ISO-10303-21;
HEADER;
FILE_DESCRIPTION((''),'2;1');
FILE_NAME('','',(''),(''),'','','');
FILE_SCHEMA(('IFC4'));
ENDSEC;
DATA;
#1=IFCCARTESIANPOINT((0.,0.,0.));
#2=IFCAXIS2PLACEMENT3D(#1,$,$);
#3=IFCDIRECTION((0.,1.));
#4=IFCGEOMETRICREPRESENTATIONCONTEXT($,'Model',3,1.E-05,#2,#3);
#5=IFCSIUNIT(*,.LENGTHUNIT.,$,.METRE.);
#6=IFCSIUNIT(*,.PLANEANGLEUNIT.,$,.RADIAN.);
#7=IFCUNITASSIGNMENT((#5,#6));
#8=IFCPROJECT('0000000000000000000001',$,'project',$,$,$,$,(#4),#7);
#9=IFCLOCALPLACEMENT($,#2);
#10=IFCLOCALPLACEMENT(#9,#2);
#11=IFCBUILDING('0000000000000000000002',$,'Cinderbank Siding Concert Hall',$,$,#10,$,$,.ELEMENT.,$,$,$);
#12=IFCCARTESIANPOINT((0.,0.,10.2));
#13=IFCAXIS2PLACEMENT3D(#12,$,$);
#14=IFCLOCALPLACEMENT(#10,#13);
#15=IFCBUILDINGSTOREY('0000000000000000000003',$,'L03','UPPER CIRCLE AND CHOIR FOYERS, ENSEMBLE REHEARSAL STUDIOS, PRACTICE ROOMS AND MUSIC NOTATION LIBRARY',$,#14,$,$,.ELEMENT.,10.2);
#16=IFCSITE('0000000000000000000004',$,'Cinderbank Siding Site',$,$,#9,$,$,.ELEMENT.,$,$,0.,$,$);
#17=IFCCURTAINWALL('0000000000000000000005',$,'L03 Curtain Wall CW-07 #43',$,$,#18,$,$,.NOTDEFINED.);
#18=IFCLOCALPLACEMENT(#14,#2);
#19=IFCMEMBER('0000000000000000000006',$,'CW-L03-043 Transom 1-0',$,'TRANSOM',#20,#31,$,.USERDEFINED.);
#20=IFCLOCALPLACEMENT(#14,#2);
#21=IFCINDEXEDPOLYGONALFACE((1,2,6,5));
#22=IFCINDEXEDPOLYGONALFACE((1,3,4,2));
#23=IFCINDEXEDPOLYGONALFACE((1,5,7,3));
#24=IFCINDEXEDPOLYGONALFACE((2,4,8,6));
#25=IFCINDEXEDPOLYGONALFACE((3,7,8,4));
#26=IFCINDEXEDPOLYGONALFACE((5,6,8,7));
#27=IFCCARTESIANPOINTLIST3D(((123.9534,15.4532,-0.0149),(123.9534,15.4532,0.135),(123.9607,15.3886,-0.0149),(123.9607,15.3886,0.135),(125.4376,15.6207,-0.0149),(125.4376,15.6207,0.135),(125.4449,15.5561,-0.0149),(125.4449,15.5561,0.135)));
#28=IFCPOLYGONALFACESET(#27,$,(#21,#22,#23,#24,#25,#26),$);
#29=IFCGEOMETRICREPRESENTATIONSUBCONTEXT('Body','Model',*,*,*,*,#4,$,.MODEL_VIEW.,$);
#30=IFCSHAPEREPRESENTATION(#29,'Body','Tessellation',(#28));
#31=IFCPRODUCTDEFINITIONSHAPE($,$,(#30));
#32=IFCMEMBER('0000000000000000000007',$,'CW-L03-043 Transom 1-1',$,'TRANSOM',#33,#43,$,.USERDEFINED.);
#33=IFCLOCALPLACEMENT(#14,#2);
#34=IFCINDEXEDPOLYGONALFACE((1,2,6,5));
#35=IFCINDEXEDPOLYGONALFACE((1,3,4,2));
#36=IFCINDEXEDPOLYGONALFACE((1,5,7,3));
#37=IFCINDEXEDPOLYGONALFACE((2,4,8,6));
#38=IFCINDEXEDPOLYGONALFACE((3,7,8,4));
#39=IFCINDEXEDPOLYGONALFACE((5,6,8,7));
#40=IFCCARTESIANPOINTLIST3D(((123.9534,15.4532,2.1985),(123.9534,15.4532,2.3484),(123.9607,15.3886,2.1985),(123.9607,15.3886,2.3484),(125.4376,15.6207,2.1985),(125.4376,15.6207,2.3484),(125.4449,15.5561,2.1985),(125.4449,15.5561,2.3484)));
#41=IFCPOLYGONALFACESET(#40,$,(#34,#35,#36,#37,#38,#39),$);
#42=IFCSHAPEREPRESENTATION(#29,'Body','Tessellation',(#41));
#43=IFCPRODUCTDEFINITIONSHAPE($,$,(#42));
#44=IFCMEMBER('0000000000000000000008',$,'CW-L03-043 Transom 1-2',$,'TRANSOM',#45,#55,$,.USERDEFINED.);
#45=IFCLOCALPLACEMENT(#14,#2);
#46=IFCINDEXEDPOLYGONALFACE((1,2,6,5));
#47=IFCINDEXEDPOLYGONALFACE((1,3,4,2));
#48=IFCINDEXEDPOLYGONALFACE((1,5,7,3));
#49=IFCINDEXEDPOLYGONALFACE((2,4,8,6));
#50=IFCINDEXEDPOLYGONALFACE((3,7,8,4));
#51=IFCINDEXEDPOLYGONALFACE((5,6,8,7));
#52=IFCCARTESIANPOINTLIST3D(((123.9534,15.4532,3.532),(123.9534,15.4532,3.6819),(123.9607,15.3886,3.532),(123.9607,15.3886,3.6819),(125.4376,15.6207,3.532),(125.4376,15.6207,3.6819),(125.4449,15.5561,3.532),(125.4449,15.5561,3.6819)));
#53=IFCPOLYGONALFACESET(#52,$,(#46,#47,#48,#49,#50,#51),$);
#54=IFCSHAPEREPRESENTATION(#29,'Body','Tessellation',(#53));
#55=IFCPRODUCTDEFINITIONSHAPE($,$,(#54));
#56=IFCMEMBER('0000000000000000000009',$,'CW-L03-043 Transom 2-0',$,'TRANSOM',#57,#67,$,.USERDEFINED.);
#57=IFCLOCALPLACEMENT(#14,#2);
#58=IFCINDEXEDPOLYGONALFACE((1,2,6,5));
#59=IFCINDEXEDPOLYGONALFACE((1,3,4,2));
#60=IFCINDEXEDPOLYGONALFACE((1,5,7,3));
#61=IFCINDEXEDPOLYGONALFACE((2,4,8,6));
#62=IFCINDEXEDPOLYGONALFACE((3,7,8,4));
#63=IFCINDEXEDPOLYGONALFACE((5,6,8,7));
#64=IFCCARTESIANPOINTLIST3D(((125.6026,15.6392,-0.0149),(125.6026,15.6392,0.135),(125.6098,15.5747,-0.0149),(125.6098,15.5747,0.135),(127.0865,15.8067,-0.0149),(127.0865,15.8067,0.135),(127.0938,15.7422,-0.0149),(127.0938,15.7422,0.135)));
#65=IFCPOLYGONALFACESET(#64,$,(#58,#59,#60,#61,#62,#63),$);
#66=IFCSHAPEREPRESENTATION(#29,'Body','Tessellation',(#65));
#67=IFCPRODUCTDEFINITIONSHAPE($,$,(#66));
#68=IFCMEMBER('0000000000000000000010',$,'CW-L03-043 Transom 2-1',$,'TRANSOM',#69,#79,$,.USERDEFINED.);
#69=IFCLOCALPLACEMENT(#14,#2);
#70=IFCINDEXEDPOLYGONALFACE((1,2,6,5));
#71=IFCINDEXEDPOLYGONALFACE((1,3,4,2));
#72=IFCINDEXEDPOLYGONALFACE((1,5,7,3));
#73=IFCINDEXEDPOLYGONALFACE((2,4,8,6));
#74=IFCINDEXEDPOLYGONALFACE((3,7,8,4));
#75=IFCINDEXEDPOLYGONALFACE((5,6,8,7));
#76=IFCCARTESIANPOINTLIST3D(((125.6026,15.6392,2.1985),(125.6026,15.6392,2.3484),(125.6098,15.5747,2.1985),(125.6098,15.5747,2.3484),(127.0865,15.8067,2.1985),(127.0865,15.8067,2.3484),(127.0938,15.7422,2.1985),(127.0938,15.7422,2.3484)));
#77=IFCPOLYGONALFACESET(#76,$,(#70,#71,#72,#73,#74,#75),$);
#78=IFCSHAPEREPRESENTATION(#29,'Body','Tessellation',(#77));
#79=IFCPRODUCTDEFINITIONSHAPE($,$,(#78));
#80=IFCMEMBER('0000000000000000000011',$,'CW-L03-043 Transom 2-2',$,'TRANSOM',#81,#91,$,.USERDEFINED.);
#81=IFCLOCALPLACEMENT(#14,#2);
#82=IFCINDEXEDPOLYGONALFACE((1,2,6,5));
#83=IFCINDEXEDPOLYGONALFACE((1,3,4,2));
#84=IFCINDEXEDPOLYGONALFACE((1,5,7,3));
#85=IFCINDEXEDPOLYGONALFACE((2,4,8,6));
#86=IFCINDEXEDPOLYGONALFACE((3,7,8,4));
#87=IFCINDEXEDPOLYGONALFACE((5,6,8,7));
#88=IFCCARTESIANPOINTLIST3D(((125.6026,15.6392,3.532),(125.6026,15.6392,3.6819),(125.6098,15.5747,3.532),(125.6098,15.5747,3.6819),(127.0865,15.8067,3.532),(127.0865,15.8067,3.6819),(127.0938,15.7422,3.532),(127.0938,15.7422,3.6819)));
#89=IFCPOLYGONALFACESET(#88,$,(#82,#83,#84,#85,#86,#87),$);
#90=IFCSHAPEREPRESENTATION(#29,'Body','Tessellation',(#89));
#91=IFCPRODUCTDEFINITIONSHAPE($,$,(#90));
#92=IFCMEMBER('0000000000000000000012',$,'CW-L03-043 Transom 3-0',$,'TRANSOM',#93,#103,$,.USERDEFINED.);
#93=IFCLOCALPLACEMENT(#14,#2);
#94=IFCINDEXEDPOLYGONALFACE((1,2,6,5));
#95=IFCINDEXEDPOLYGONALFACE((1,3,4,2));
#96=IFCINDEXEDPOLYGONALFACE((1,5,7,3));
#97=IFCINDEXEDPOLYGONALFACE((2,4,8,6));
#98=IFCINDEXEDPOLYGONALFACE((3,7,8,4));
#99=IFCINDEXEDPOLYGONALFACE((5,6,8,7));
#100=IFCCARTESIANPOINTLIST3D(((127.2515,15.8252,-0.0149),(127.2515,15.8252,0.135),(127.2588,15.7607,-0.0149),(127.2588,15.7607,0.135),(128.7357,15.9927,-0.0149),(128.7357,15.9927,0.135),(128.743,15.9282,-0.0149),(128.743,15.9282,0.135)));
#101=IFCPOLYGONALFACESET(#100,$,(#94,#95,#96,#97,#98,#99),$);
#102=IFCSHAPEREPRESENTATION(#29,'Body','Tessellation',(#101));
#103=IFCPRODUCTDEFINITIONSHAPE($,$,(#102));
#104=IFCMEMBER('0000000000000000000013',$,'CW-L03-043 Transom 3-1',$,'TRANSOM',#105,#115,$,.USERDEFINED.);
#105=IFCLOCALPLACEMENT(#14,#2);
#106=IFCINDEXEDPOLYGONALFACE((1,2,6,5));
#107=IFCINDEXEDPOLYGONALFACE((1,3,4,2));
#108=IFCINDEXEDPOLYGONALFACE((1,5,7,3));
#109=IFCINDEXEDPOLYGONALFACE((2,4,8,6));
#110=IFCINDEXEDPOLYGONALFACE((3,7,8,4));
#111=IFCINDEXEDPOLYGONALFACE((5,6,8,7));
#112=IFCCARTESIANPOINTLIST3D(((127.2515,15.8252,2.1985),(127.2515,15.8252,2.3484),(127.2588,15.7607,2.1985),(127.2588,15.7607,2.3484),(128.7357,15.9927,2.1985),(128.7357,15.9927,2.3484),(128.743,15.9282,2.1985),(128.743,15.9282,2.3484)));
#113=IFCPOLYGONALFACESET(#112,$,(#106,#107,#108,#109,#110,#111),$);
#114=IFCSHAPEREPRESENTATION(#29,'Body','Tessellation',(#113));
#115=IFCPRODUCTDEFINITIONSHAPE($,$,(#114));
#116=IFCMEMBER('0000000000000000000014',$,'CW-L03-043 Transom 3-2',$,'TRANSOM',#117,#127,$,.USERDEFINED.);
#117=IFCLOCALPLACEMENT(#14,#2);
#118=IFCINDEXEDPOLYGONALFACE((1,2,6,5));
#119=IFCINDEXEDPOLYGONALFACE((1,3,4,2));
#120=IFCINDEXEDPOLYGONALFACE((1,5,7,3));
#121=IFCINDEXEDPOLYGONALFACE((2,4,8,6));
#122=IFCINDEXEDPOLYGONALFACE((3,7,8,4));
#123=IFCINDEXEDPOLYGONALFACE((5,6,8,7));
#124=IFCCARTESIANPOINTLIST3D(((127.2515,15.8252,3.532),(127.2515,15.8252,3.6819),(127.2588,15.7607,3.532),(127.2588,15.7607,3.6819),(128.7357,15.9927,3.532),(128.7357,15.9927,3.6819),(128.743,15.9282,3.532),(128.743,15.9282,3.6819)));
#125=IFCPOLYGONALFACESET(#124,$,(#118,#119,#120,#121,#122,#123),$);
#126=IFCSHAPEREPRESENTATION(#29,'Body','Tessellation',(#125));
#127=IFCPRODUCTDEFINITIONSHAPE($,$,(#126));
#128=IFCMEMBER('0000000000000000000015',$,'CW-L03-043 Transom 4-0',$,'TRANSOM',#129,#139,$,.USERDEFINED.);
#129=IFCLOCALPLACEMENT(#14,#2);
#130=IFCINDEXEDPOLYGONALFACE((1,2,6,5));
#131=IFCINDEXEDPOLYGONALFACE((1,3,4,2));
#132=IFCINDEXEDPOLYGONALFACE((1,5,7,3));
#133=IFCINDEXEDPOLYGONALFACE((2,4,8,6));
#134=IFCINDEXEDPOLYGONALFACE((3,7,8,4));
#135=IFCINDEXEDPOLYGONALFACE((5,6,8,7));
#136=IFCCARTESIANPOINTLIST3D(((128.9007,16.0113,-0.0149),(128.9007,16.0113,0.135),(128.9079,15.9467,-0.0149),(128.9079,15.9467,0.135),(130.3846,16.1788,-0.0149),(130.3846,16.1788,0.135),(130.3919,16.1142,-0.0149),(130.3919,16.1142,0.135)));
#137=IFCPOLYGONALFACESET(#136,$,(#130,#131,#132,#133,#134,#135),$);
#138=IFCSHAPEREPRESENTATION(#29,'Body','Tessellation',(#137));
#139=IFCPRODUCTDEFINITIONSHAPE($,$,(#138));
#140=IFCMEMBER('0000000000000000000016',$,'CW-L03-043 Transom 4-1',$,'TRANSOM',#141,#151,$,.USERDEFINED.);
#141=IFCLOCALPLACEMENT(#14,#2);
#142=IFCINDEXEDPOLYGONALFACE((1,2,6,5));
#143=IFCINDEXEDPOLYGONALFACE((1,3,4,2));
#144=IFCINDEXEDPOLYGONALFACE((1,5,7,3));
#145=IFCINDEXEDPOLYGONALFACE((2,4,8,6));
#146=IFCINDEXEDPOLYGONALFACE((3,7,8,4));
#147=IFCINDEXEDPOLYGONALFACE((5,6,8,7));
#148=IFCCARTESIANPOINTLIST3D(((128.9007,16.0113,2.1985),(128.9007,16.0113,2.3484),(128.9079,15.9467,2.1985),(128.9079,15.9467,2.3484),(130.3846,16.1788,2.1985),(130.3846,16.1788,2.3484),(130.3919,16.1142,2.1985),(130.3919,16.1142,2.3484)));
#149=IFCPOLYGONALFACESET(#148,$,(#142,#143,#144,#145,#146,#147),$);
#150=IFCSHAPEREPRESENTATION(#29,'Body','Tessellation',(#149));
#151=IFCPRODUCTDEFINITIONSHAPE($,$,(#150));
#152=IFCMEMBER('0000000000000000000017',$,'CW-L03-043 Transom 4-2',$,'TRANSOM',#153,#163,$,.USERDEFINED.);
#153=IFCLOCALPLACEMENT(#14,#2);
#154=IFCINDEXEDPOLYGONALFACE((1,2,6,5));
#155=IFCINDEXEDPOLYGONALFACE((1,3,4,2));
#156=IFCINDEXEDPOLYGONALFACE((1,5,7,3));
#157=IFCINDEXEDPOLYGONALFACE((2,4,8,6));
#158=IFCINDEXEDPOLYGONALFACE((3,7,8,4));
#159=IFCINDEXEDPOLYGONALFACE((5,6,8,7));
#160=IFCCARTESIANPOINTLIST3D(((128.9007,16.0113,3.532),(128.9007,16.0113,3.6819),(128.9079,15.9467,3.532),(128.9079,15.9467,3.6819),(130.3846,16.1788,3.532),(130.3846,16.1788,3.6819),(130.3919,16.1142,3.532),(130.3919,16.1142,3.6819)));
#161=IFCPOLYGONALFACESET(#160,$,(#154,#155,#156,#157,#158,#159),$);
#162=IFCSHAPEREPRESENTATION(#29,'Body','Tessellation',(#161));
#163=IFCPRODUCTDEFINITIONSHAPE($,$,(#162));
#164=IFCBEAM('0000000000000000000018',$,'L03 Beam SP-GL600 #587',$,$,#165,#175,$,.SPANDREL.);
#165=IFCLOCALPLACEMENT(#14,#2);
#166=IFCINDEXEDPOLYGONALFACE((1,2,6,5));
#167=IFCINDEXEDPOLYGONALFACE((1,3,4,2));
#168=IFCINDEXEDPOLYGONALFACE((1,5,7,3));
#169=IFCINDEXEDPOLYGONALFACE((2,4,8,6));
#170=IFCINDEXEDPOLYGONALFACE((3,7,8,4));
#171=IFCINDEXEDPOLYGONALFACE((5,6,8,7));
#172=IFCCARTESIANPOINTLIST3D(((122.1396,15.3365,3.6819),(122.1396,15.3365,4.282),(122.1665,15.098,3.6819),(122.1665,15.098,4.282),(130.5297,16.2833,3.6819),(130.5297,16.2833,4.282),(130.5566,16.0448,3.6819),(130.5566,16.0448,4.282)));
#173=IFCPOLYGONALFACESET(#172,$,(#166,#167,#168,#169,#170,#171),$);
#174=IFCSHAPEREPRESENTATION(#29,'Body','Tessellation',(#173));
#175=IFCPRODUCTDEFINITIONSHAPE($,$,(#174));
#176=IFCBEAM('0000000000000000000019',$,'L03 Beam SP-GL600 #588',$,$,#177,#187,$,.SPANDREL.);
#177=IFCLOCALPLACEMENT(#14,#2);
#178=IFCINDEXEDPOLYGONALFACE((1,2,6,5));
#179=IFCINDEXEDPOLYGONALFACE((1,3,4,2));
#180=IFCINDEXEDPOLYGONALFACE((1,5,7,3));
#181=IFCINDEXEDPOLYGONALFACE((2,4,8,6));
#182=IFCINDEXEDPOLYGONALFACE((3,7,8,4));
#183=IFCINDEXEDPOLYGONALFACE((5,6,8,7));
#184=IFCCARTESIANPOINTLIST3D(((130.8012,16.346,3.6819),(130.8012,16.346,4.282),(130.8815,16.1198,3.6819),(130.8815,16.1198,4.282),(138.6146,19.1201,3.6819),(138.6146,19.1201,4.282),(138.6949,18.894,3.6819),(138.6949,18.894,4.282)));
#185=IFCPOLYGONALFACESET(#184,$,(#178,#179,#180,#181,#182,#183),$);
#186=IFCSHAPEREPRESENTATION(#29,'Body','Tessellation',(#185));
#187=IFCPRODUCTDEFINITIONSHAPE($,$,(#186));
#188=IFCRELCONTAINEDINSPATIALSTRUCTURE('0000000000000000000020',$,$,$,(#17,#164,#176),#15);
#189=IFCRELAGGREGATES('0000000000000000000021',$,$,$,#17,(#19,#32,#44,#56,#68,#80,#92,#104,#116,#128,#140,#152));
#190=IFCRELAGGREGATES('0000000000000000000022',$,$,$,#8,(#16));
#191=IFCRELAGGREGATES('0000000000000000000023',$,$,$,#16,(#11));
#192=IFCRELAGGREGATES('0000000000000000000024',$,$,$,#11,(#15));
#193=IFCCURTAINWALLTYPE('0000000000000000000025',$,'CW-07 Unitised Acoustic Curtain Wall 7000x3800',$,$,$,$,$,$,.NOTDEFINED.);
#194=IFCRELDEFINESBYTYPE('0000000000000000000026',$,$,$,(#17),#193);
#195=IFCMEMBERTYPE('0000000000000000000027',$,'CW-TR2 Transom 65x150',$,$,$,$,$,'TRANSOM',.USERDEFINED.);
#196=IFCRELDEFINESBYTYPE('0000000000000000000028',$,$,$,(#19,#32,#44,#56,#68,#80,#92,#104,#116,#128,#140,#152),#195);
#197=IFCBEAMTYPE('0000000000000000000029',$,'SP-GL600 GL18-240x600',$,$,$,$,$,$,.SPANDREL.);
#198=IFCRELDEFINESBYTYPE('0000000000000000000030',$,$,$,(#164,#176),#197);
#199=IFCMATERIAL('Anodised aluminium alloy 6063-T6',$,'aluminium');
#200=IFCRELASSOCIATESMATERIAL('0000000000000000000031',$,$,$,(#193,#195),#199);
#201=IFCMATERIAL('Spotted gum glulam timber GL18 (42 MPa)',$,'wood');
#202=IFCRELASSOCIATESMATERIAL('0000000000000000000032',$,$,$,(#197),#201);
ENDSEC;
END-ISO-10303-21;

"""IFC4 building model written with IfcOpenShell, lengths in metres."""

from ifc_helpers import new_model, si_unit, direction, frame, origin, origin_2d, place, context, subcontext, project, spatial, rectangle, extrude, material, material_profile, profile_set, type_object, element, aggregate, save


model = new_model("IFC4")

# Units and contexts
model_context = context("Model", 3, precision=1e-05, world=origin(), true_north=direction((0.0, 1.0)))
body_context = subcontext(model_context, "Body", "Model", "MODEL_VIEW")
ifc_project = project(units=[si_unit("LENGTHUNIT", "METRE"), si_unit("PLANEANGLEUNIT", "RADIAN")], contexts=[model_context])

# Site, building, storey
site_placement = place(None, origin())
site = spatial("IfcSite", under=ifc_project, at=site_placement, Name="Cinderbank Siding Site", CompositionType="ELEMENT", RefElevation=0.0)
building_placement = place(site_placement, origin())
building = spatial("IfcBuilding", under=site, at=building_placement, Name="Cinderbank Siding Concert Hall", CompositionType="ELEMENT")
storey_placement = place(building_placement, frame((0.0, 0.0, 10.2)))
storey = spatial("IfcBuildingStorey", under=building, at=storey_placement, Name="L03", Description="UPPER CIRCLE AND CHOIR FOYERS, ENSEMBLE REHEARSAL STUDIOS, PRACTICE ROOMS AND MUSIC NOTATION LIBRARY", CompositionType="ELEMENT", Elevation=10.2)

# Shared definitions
ifc_material_1 = material(Name="Anodised aluminium alloy 6063-T6", Category="aluminium")

# Curtain wall, members
curtain_wall_type_1 = type_object("IfcCurtainWallType", Name="CW-07 Unitised Acoustic Curtain Wall 7000x3800", PredefinedType="NOTDEFINED", material=ifc_material_1)
curtain_wall_1_placement = place(storey_placement, origin())
curtain_wall_1 = element("IfcCurtainWall", 1, at=curtain_wall_1_placement, inside=storey, type_object=curtain_wall_type_1, Name="L03 Curtain Wall CW-07 #43", PredefinedType="NOTDEFINED")
ifc_material_profile_1 = material_profile(ifc_material_1, rectangle(XDim=0.0649, YDim=0.1499, at=origin_2d()), Name="ALU-TRAN-65x150", Category="LoadBearing")
ifc_profile_set_1 = profile_set([ifc_material_profile_1], Name="Anodised aluminium alloy 6063-T6")
member_type_1 = type_object("IfcMemberType", Name="CW-TR2 Transom 65x150", ElementType="TRANSOM", PredefinedType="USERDEFINED", material=ifc_profile_set_1)
member_1_placement = place(storey_placement, frame((123.957, 15.4209, 0.0601), z_axis=(0.993693, 0.112136, 0.0), x_axis=(-0.112136, 0.993693, 0.0)))
member_1 = element("IfcMember", 2, at=member_1_placement, type_object=member_type_1, Name="CW-L03-043 Transom 1-0", ObjectType="TRANSOM", PredefinedType="USERDEFINED", context=body_context, shape_type="SweptSolid", body=[
    extrude(rectangle(XDim=0.0649, YDim=0.1499, at=origin_2d()), origin(), (0.0, 0.0, 1.0), 1.4937),
])
member_2_placement = place(storey_placement, frame((123.957, 15.4209, 2.2734), z_axis=(0.993693, 0.112136, 0.0), x_axis=(-0.112136, 0.993693, 0.0)))
member_2 = element("IfcMember", 3, at=member_2_placement, type_object=member_type_1, Name="CW-L03-043 Transom 1-1", ObjectType="TRANSOM", PredefinedType="USERDEFINED", context=body_context, shape_type="SweptSolid", body=[
    extrude(rectangle(XDim=0.0649, YDim=0.1499, at=origin_2d()), origin(), (0.0, 0.0, 1.0), 1.4937),
])
member_3_placement = place(storey_placement, frame((123.957, 15.4209, 3.6069), z_axis=(0.993693, 0.112136, 0.0), x_axis=(-0.112136, 0.993693, 0.0)))
member_3 = element("IfcMember", 4, at=member_3_placement, type_object=member_type_1, Name="CW-L03-043 Transom 1-2", ObjectType="TRANSOM", PredefinedType="USERDEFINED", context=body_context, shape_type="SweptSolid", body=[
    extrude(rectangle(XDim=0.0649, YDim=0.1499, at=origin_2d()), origin(), (0.0, 0.0, 1.0), 1.4937),
])
member_4_placement = place(storey_placement, frame((125.6062, 15.6069, 0.0601), z_axis=(0.993691, 0.112154, 0.0), x_axis=(-0.112154, 0.993691, 0.0)))
member_4 = element("IfcMember", 5, at=member_4_placement, type_object=member_type_1, Name="CW-L03-043 Transom 2-0", ObjectType="TRANSOM", PredefinedType="USERDEFINED", context=body_context, shape_type="SweptSolid", body=[
    extrude(rectangle(XDim=0.0649, YDim=0.1499, at=origin_2d()), origin(), (0.0, 0.0, 1.0), 1.4934),
])
member_5_placement = place(storey_placement, frame((125.6062, 15.6069, 2.2734), z_axis=(0.993691, 0.112154, 0.0), x_axis=(-0.112154, 0.993691, 0.0)))
member_5 = element("IfcMember", 6, at=member_5_placement, type_object=member_type_1, Name="CW-L03-043 Transom 2-1", ObjectType="TRANSOM", PredefinedType="USERDEFINED", context=body_context, shape_type="SweptSolid", body=[
    extrude(rectangle(XDim=0.0649, YDim=0.1499, at=origin_2d()), origin(), (0.0, 0.0, 1.0), 1.4934),
])
member_6_placement = place(storey_placement, frame((125.6062, 15.6069, 3.6069), z_axis=(0.993691, 0.112154, 0.0), x_axis=(-0.112154, 0.993691, 0.0)))
member_6 = element("IfcMember", 7, at=member_6_placement, type_object=member_type_1, Name="CW-L03-043 Transom 2-2", ObjectType="TRANSOM", PredefinedType="USERDEFINED", context=body_context, shape_type="SweptSolid", body=[
    extrude(rectangle(XDim=0.0649, YDim=0.1499, at=origin_2d()), origin(), (0.0, 0.0, 1.0), 1.4934),
])
member_7_placement = place(storey_placement, frame((127.2551, 15.793, 0.0601), z_axis=(0.993693, 0.112136, 0.0), x_axis=(-0.112136, 0.993693, 0.0)))
member_7 = element("IfcMember", 8, at=member_7_placement, type_object=member_type_1, Name="CW-L03-043 Transom 3-0", ObjectType="TRANSOM", PredefinedType="USERDEFINED", context=body_context, shape_type="SweptSolid", body=[
    extrude(rectangle(XDim=0.0649, YDim=0.1499, at=origin_2d()), origin(), (0.0, 0.0, 1.0), 1.4937),
])
member_8_placement = place(storey_placement, frame((127.2551, 15.793, 2.2734), z_axis=(0.993693, 0.112136, 0.0), x_axis=(-0.112136, 0.993693, 0.0)))
member_8 = element("IfcMember", 9, at=member_8_placement, type_object=member_type_1, Name="CW-L03-043 Transom 3-1", ObjectType="TRANSOM", PredefinedType="USERDEFINED", context=body_context, shape_type="SweptSolid", body=[
    extrude(rectangle(XDim=0.0649, YDim=0.1499, at=origin_2d()), origin(), (0.0, 0.0, 1.0), 1.4937),
])
member_9_placement = place(storey_placement, frame((127.2551, 15.793, 3.6069), z_axis=(0.993693, 0.112136, 0.0), x_axis=(-0.112136, 0.993693, 0.0)))
member_9 = element("IfcMember", 10, at=member_9_placement, type_object=member_type_1, Name="CW-L03-043 Transom 3-2", ObjectType="TRANSOM", PredefinedType="USERDEFINED", context=body_context, shape_type="SweptSolid", body=[
    extrude(rectangle(XDim=0.0649, YDim=0.1499, at=origin_2d()), origin(), (0.0, 0.0, 1.0), 1.4937),
])
member_10_placement = place(storey_placement, frame((128.9043, 15.979, 0.0601), z_axis=(0.993691, 0.112154, 0.0), x_axis=(-0.112154, 0.993691, 0.0)))
member_10 = element("IfcMember", 11, at=member_10_placement, type_object=member_type_1, Name="CW-L03-043 Transom 4-0", ObjectType="TRANSOM", PredefinedType="USERDEFINED", context=body_context, shape_type="SweptSolid", body=[
    extrude(rectangle(XDim=0.0649, YDim=0.1499, at=origin_2d()), origin(), (0.0, 0.0, 1.0), 1.4934),
])
member_11_placement = place(storey_placement, frame((128.9043, 15.979, 2.2734), z_axis=(0.993691, 0.112154, 0.0), x_axis=(-0.112154, 0.993691, 0.0)))
member_11 = element("IfcMember", 12, at=member_11_placement, type_object=member_type_1, Name="CW-L03-043 Transom 4-1", ObjectType="TRANSOM", PredefinedType="USERDEFINED", context=body_context, shape_type="SweptSolid", body=[
    extrude(rectangle(XDim=0.0649, YDim=0.1499, at=origin_2d()), origin(), (0.0, 0.0, 1.0), 1.4934),
])
member_12_placement = place(storey_placement, frame((128.9043, 15.979, 3.6069), z_axis=(0.993691, 0.112154, 0.0), x_axis=(-0.112154, 0.993691, 0.0)))
member_12 = element("IfcMember", 13, at=member_12_placement, type_object=member_type_1, Name="CW-L03-043 Transom 4-2", ObjectType="TRANSOM", PredefinedType="USERDEFINED", context=body_context, shape_type="SweptSolid", body=[
    extrude(rectangle(XDim=0.0649, YDim=0.1499, at=origin_2d()), origin(), (0.0, 0.0, 1.0), 1.4934),
])

# Beams
ifc_material_2 = material(Name="Spotted gum glulam timber GL18 (42 MPa)", Category="wood")
ifc_material_profile_2 = material_profile(ifc_material_2, rectangle(XDim=0.24, YDim=0.6001, at=origin_2d()), Name="GL18-240x600", Category="LoadBearing")
ifc_profile_set_2 = profile_set([ifc_material_profile_2], Name="Spotted gum glulam timber GL18 (42 MPa)")
beam_type = type_object("IfcBeamType", Name="SP-GL600 GL18-240x600", PredefinedType="SPANDREL", material=ifc_profile_set_2)
beam_1_placement = place(storey_placement, frame((122.1531, 15.2173, 3.9819), z_axis=(0.993693, 0.112132, 0.0), x_axis=(-0.112132, 0.993693, 0.0)))
element("IfcBeam", 14, at=beam_1_placement, inside=storey, type_object=beam_type, Name="L03 Beam SP-GL600 #587", PredefinedType="SPANDREL", context=body_context, shape_type="SweptSolid", body=[
    extrude(rectangle(XDim=0.24, YDim=0.6001, at=origin_2d()), origin(), (0.0, 0.0, 1.0), 8.4434),
])
beam_2_placement = place(storey_placement, frame((130.8413, 16.2329, 3.9819), z_axis=(0.942365, 0.334586, 0.0), x_axis=(-0.334586, 0.942365, 0.0)))
element("IfcBeam", 15, at=beam_2_placement, inside=storey, type_object=beam_type, Name="L03 Beam SP-GL600 #588", PredefinedType="SPANDREL", context=body_context, shape_type="SweptSolid", body=[
    extrude(rectangle(XDim=0.24, YDim=0.6001, at=origin_2d()), origin(), (0.0, 0.0, 1.0), 8.2913),
])

aggregate(curtain_wall_1, [member_1, member_2, member_3, member_4, member_5, member_6, member_7, member_8, member_9, member_10, member_11, member_12])

save(model, "model.ifc")
